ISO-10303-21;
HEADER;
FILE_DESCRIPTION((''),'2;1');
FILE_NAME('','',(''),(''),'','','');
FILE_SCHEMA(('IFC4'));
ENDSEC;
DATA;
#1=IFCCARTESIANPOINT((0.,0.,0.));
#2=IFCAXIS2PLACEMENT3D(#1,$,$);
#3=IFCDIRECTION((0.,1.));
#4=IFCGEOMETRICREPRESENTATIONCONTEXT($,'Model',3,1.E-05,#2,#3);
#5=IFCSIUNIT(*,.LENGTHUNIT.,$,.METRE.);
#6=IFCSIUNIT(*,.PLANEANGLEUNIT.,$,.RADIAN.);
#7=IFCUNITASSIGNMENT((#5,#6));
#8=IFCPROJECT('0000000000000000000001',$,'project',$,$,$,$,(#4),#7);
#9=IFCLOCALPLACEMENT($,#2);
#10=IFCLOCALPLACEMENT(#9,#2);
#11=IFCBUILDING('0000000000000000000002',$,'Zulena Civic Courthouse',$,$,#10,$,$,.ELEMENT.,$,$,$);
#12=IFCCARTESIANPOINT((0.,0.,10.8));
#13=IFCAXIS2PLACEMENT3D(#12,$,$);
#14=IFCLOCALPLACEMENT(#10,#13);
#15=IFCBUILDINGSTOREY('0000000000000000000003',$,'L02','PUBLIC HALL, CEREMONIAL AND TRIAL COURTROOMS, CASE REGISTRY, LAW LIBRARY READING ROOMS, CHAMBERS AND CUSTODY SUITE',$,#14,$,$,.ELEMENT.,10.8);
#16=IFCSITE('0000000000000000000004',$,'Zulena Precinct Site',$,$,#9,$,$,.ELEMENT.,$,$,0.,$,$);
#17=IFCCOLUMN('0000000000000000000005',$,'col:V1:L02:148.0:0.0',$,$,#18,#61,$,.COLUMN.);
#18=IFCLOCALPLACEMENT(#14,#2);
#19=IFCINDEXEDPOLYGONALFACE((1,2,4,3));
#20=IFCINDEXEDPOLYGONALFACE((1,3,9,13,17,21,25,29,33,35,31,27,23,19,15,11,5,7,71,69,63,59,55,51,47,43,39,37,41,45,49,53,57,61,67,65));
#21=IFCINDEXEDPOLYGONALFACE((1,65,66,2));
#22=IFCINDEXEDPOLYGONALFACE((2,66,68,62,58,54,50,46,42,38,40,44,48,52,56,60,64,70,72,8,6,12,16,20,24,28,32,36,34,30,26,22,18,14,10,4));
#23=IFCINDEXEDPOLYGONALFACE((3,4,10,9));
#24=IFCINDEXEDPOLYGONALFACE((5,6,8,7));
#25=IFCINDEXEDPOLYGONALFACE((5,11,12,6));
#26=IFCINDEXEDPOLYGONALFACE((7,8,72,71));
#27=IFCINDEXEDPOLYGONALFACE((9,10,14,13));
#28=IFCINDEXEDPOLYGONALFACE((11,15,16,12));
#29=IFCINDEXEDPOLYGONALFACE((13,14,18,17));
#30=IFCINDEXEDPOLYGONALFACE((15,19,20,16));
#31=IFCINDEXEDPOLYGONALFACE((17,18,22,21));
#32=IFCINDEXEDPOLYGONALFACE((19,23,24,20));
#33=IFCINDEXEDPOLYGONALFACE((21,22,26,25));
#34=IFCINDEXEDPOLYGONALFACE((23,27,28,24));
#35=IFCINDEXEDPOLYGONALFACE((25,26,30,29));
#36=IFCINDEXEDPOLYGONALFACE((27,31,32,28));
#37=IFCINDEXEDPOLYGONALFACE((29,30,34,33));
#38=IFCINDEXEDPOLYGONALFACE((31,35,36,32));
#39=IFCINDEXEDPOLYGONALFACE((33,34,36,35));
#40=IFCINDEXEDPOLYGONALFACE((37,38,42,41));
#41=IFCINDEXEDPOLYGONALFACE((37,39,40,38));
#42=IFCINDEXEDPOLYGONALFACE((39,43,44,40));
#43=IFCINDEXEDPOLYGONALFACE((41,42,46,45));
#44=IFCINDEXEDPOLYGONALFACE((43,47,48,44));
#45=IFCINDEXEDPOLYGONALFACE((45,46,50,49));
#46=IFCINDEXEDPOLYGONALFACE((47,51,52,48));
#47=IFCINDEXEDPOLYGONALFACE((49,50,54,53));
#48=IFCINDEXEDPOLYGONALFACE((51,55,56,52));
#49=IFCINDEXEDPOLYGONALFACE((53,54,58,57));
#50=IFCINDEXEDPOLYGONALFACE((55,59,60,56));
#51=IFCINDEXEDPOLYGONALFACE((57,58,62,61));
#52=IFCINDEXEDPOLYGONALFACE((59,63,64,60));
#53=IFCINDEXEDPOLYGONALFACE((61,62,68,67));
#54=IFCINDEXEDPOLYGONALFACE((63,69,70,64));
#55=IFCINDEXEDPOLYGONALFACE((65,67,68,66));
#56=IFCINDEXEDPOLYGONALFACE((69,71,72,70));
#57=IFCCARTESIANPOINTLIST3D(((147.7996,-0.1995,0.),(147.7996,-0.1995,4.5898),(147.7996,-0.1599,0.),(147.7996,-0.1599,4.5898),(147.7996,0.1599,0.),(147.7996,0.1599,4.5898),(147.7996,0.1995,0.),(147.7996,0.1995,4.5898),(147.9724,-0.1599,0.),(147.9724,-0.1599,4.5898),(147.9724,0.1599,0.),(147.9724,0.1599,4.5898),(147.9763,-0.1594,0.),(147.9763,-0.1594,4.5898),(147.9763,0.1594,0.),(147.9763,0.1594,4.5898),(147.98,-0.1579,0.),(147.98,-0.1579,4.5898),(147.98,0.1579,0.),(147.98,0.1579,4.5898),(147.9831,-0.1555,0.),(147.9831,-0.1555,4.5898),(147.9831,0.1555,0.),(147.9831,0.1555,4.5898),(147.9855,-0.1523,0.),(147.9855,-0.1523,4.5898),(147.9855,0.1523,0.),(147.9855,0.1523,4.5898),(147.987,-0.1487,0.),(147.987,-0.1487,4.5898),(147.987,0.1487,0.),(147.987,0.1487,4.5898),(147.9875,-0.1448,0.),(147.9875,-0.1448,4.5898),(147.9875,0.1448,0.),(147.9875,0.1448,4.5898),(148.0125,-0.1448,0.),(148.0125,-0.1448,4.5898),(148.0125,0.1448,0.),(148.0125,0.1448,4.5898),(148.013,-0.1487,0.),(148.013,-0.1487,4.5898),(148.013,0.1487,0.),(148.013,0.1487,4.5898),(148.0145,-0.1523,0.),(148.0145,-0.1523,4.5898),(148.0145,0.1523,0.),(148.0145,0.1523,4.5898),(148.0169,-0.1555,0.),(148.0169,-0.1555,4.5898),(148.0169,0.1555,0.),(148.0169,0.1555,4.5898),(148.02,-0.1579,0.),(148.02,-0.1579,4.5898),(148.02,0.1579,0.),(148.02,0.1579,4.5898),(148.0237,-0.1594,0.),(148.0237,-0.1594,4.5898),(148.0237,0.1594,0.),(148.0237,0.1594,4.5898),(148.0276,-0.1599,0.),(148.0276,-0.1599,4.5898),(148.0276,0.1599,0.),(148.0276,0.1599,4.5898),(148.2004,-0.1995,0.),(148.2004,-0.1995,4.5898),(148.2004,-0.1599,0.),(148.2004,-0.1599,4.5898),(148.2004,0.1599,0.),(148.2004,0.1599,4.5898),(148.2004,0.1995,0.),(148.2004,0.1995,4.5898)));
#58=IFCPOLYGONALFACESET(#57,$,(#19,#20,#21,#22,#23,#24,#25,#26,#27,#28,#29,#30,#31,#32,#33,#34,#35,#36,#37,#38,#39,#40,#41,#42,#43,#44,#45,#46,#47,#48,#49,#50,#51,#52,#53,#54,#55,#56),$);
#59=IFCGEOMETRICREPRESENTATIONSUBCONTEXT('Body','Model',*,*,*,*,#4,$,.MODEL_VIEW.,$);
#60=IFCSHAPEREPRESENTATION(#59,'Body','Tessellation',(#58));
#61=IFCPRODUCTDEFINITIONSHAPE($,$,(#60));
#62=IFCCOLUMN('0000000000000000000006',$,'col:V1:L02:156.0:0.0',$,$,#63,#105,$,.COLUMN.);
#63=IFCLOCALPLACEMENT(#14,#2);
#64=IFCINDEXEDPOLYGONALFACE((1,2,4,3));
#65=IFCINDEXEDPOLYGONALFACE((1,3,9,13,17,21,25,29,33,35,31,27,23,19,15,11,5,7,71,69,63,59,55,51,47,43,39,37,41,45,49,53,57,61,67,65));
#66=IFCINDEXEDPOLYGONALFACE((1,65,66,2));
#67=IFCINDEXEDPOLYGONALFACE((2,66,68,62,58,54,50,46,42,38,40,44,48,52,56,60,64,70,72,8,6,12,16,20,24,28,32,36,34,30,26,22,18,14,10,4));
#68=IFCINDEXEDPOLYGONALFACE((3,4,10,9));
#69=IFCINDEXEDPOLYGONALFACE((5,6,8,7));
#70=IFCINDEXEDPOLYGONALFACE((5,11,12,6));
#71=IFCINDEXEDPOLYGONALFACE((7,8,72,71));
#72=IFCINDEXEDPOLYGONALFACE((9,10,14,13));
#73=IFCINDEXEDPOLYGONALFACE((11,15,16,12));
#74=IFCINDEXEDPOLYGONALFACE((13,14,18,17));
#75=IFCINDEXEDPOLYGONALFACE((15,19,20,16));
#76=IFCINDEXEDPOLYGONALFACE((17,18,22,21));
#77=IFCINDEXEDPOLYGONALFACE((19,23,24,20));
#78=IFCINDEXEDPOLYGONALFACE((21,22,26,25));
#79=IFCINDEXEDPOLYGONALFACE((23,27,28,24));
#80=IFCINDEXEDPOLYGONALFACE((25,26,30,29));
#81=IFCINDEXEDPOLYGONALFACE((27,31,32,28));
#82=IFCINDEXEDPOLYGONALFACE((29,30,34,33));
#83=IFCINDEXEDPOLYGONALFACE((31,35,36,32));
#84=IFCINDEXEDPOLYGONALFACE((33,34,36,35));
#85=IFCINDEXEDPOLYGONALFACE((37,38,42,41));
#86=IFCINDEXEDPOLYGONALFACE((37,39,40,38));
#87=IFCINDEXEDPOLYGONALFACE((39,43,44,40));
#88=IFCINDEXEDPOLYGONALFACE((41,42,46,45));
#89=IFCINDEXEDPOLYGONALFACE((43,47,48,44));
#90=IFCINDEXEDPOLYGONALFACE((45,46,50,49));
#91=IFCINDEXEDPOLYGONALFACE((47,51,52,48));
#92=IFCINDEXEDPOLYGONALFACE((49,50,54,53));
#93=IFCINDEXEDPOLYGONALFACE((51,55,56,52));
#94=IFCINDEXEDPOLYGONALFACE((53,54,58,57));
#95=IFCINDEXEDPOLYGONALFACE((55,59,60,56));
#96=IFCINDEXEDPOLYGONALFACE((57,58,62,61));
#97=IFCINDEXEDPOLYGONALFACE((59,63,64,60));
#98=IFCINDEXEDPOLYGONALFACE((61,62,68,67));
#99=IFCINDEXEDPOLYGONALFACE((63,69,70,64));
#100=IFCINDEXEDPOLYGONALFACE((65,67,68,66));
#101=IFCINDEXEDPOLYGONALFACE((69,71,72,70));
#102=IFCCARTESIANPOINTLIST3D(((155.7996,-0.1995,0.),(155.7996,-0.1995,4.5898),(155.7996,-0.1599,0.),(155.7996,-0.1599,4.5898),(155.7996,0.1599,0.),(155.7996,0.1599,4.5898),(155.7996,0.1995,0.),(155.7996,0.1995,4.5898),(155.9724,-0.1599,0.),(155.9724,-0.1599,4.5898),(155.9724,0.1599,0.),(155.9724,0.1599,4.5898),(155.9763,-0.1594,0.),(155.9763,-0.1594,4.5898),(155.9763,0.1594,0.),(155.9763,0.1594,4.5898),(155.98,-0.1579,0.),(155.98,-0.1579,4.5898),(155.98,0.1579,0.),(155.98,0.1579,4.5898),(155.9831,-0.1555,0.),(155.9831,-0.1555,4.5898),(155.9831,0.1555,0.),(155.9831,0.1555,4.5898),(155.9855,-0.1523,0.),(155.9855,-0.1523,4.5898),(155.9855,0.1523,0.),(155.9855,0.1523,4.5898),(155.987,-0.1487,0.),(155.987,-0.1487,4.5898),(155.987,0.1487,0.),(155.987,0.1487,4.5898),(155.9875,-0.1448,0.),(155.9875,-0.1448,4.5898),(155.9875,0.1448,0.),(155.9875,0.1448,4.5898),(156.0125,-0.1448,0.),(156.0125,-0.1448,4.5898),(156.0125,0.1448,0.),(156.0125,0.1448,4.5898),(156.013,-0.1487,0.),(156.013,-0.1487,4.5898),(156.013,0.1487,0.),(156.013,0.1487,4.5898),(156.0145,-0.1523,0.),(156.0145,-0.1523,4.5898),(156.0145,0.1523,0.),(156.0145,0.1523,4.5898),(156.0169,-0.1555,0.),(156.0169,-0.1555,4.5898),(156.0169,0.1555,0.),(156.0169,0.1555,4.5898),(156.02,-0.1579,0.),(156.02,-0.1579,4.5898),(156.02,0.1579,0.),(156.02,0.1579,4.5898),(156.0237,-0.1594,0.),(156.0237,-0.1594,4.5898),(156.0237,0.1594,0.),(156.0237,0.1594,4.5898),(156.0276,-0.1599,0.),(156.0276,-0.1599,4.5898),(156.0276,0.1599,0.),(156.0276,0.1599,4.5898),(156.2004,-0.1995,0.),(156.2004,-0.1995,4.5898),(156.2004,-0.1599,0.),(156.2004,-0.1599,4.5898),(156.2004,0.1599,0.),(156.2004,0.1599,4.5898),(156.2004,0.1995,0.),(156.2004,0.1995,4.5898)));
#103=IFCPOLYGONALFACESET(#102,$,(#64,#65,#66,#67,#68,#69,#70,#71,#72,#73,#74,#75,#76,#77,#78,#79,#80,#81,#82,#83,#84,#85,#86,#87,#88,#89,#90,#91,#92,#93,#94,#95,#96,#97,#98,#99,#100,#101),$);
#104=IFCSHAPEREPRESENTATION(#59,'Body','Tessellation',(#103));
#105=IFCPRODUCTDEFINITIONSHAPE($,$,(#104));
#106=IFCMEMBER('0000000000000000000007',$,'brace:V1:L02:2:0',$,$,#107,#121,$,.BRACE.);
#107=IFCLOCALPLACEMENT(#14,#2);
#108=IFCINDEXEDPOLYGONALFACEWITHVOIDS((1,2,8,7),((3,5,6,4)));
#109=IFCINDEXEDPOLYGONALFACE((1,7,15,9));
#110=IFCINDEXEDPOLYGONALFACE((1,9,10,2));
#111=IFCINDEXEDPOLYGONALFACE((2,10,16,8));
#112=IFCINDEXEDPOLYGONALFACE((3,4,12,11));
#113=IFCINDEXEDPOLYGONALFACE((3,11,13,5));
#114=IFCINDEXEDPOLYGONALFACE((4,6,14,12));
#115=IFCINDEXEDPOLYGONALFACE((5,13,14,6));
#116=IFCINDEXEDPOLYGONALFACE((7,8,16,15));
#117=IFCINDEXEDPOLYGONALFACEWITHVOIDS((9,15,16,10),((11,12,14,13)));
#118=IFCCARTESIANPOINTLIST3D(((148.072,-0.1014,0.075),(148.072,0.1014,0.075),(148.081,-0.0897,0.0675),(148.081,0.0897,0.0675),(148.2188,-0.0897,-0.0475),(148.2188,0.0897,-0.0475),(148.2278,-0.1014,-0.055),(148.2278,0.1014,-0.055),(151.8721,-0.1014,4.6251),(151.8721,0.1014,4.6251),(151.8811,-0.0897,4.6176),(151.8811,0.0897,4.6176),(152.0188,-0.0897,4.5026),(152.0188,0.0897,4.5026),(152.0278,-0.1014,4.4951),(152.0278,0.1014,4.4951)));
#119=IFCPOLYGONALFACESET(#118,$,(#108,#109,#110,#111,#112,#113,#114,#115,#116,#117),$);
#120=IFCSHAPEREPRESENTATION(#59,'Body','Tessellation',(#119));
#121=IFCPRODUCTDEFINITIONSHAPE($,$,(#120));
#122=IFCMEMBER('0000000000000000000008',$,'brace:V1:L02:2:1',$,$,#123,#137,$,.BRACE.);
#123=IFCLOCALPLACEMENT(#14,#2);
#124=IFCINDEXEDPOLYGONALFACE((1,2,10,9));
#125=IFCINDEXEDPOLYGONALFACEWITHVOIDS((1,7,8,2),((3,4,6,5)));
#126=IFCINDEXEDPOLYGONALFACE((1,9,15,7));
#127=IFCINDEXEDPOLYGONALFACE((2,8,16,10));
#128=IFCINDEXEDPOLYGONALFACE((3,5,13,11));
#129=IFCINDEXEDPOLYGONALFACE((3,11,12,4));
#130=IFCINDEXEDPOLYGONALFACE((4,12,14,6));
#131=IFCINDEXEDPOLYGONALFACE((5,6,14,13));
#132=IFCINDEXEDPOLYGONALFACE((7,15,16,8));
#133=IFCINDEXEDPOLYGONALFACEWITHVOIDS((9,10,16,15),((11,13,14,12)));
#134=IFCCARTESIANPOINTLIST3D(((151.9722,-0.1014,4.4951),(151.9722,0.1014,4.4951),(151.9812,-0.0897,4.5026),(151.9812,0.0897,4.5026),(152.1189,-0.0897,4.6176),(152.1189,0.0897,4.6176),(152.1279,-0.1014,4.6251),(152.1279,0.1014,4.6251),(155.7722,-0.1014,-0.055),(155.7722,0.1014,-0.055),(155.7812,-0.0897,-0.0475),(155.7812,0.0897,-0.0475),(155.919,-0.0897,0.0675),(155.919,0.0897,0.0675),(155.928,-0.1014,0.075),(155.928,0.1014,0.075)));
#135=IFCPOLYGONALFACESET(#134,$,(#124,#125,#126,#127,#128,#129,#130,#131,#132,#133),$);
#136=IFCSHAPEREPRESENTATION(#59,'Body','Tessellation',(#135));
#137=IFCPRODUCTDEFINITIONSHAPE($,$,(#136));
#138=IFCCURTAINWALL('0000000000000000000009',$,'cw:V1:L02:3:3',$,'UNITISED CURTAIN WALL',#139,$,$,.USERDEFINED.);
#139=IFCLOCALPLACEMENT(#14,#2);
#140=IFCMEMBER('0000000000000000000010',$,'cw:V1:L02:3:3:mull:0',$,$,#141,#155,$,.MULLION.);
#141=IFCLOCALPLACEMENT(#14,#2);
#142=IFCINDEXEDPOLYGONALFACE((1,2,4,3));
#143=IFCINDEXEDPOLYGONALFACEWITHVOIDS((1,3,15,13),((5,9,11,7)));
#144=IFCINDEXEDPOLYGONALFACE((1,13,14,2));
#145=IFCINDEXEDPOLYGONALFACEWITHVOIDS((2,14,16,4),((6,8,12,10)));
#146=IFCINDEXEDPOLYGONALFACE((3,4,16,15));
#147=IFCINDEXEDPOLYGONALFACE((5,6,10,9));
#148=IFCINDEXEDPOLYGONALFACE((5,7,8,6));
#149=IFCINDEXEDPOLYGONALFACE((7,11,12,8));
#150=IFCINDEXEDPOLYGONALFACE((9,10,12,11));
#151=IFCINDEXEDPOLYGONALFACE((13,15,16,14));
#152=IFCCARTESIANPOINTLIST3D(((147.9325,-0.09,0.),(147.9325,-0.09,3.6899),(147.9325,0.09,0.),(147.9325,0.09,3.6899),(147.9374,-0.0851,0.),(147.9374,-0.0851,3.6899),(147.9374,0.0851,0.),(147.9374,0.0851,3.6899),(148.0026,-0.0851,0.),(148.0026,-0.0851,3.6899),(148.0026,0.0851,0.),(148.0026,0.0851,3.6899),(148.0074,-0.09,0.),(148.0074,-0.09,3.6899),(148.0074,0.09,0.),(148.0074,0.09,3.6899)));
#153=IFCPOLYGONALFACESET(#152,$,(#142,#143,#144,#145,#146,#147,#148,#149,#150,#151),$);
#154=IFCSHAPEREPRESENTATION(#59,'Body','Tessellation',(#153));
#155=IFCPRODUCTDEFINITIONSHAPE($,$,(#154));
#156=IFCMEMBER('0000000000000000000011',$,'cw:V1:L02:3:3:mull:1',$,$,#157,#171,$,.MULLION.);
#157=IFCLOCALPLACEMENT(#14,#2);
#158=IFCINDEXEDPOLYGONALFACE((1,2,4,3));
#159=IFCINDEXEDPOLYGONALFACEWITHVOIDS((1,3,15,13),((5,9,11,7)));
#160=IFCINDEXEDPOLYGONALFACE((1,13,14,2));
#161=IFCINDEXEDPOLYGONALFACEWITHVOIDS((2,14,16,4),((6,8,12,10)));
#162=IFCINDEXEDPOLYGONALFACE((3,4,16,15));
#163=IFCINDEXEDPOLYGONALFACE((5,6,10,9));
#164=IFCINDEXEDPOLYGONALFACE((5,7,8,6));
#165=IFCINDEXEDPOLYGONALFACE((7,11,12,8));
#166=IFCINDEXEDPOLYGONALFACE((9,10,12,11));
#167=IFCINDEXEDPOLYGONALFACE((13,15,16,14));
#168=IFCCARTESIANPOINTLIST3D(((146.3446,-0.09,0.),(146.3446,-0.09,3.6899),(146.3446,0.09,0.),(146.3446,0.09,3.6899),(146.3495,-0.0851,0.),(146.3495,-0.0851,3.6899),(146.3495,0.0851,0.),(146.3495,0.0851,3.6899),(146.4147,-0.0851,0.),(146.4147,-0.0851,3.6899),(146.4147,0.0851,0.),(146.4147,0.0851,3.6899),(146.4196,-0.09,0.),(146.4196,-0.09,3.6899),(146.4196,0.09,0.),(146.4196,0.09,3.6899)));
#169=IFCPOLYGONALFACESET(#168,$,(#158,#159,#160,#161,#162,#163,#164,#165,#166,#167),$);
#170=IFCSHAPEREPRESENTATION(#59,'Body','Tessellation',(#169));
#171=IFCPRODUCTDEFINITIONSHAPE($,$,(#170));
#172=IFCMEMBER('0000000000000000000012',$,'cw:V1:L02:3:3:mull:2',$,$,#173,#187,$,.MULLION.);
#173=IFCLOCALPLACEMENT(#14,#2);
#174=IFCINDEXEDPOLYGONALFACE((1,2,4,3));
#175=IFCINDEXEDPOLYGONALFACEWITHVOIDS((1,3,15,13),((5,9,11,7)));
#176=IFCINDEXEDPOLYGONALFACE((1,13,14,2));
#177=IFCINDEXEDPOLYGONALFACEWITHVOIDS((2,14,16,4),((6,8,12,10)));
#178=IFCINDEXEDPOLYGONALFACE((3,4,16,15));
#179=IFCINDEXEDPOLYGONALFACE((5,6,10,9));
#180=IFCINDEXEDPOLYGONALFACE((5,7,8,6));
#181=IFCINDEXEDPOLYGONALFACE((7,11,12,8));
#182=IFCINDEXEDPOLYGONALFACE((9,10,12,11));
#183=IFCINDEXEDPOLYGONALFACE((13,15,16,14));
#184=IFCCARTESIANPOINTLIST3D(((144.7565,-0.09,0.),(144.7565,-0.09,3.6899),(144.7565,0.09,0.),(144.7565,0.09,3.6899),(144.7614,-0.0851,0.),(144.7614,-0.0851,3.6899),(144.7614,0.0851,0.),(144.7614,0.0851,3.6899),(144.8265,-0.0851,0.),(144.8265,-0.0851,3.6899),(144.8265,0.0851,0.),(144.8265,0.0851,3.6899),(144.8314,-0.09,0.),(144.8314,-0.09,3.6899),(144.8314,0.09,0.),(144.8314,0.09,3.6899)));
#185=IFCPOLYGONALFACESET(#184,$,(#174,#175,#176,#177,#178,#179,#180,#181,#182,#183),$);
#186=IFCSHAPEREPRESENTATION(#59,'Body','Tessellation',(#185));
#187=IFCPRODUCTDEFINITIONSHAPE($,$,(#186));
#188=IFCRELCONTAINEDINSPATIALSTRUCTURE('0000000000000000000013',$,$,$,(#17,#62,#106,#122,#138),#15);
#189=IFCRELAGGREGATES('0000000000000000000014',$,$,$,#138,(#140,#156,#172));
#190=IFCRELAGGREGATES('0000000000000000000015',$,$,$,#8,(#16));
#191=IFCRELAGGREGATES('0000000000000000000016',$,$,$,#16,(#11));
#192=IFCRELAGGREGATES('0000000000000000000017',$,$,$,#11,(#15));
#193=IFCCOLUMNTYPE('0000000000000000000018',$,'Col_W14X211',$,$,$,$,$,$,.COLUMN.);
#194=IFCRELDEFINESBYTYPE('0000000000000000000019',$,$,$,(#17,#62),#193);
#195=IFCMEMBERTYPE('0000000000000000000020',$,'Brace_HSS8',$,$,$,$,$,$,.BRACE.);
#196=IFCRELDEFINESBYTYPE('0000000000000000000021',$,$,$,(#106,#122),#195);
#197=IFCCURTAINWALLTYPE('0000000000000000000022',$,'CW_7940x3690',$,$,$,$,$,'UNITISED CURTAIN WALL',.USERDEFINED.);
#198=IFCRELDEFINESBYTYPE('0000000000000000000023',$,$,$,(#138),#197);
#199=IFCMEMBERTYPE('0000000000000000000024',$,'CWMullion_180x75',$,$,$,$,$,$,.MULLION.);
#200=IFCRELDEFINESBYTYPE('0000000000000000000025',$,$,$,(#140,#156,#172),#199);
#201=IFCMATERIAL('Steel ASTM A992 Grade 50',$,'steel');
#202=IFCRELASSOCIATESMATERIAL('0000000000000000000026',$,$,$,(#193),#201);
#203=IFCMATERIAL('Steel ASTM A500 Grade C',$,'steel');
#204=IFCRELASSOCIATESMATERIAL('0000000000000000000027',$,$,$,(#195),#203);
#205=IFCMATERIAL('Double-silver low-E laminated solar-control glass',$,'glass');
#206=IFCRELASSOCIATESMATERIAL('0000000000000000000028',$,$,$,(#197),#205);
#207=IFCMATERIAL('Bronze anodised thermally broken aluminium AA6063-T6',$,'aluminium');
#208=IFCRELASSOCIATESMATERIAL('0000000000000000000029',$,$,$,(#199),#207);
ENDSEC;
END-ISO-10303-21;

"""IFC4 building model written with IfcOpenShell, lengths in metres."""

from ifc_helpers import new_model, si_unit, direction, frame, origin, origin_2d, place, context, subcontext, project, spatial, hollow_rectangle, i_section, extrude, material, material_profile, profile_set, type_object, element, aggregate, save


model = new_model("IFC4")

# Units and contexts
model_context = context("Model", 3, precision=1e-05, world=origin(), true_north=direction((0.0, 1.0)))
body_context = subcontext(model_context, "Body", "Model", "MODEL_VIEW")
ifc_project = project(units=[si_unit("LENGTHUNIT", "METRE"), si_unit("PLANEANGLEUNIT", "RADIAN")], contexts=[model_context])

# Site, building, storey
site_placement = place(None, origin())
site = spatial("IfcSite", under=ifc_project, at=site_placement, Name="Zulena Precinct Site", CompositionType="ELEMENT", RefElevation=0.0)
building_placement = place(site_placement, origin())
building = spatial("IfcBuilding", under=site, at=building_placement, Name="Zulena Civic Courthouse", CompositionType="ELEMENT")
storey_placement = place(building_placement, frame((0.0, 0.0, 10.8)))
storey = spatial("IfcBuildingStorey", under=building, at=storey_placement, Name="L02", Description="PUBLIC HALL, CEREMONIAL AND TRIAL COURTROOMS, CASE REGISTRY, LAW LIBRARY READING ROOMS, CHAMBERS AND CUSTODY SUITE", CompositionType="ELEMENT", Elevation=10.8)

# Columns
ifc_material_1 = material(Name="Steel ASTM A992 Grade 50", Category="steel")
ifc_material_profile_1 = material_profile(ifc_material_1, i_section(OverallWidth=0.4009, OverallDepth=0.3989, WebThickness=0.0249, FlangeThickness=0.0396, FilletRadius=0.0151, at=origin_2d()), Name="W14X211")
ifc_profile_set_1 = profile_set([ifc_material_profile_1], Name="Steel ASTM A992 Grade 50")
column_type = type_object("IfcColumnType", Name="Col_W14X211", PredefinedType="COLUMN", material=ifc_profile_set_1)
for number, where, z_axis, x_axis, name in (
    (1, (148.0, 0.0, 0.0), (0.0, 0.0, 1.0), (1.0, 0.0, 0.0), "col:V1:L02:148.0:0.0"),
    (2, (156.0, 0.0, 0.0), (0.0, 0.0, 1.0), (1.0, 0.0, 0.0), "col:V1:L02:156.0:0.0"),
):
    element("IfcColumn", number, at=place(storey_placement, frame(where, z_axis=z_axis, x_axis=x_axis)), inside=storey, type_object=column_type, Name=name, PredefinedType="COLUMN", context=body_context, shape_type="SweptSolid", body=[
        extrude(i_section(OverallWidth=0.4009, OverallDepth=0.3989, WebThickness=0.0249, FlangeThickness=0.0396, FilletRadius=0.0151, at=origin_2d()), origin(), (0.0, 0.0, 1.0), 4.5898),
    ])

# Members
ifc_material_2 = material(Name="Steel ASTM A500 Grade C", Category="steel")
ifc_material_profile_2 = material_profile(ifc_material_2, hollow_rectangle(XDim=0.2029, YDim=0.2029, WallThickness=0.0117, at=origin_2d()), Name="HSS8X8X1/2")
ifc_profile_set_2 = profile_set([ifc_material_profile_2], Name="Steel ASTM A500 Grade C")
member_type_1 = type_object("IfcMemberType", Name="Brace_HSS8", PredefinedType="BRACE", material=ifc_profile_set_2)
for number, where, z_axis, x_axis, name in (
    (3, (148.1499, 0.0, 0.01), (0.641014, 0.0, 0.767529), (0.0, 1.0, 0.0), "brace:V1:L02:2:0"),
    (4, (155.8501, 0.0, 0.01), (-0.641014, 0.0, 0.767529), (0.0, -1.0, 0.0), "brace:V1:L02:2:1"),
):
    element("IfcMember", number, at=place(storey_placement, frame(where, z_axis=z_axis, x_axis=x_axis)), inside=storey, type_object=member_type_1, Name=name, PredefinedType="BRACE", context=body_context, shape_type="SweptSolid", body=[
        extrude(hollow_rectangle(XDim=0.2029, YDim=0.2029, WallThickness=0.0117, at=origin_2d()), origin(), (0.0, 0.0, 1.0), 5.9282),
    ])

# Curtain wall, members
ifc_material_3 = material(Name="Double-silver low-E laminated solar-control glass", Category="glass")
curtain_wall_type = type_object("IfcCurtainWallType", Name="CW_7940x3690", ElementType="UNITISED CURTAIN WALL", PredefinedType="USERDEFINED", material=ifc_material_3)
curtain_wall_placement = place(storey_placement, origin())
curtain_wall = element("IfcCurtainWall", 5, at=curtain_wall_placement, inside=storey, type_object=curtain_wall_type, Name="cw:V1:L02:3:3", ObjectType="UNITISED CURTAIN WALL", PredefinedType="USERDEFINED")
ifc_material_4 = material(Name="Bronze anodised thermally broken aluminium AA6063-T6", Category="aluminium")
ifc_material_profile_3 = material_profile(ifc_material_4, hollow_rectangle(XDim=0.075, YDim=0.1799, WallThickness=0.0049, at=origin_2d()), Name="CWM180X75X5")
ifc_profile_set_3 = profile_set([ifc_material_profile_3], Name="Bronze anodised thermally broken aluminium AA6063-T6")
member_type_2 = type_object("IfcMemberType", Name="CWMullion_180x75", PredefinedType="MULLION", material=ifc_profile_set_3)
member_1_placement = place(storey_placement, frame((147.97, 0.0, 0.0), z_axis=(0.0, 0.0, 1.0), x_axis=(1.0, 0.0, 0.0)))
member_1 = element("IfcMember", 6, at=member_1_placement, type_object=member_type_2, Name="cw:V1:L02:3:3:mull:0", PredefinedType="MULLION", context=body_context, shape_type="SweptSolid", body=[
    extrude(hollow_rectangle(XDim=0.075, YDim=0.1799, WallThickness=0.0049, at=origin_2d()), origin(), (0.0, 0.0, 1.0), 3.6899),
])
member_2_placement = place(storey_placement, frame((146.3821, 0.0, 0.0), z_axis=(0.0, 0.0, 1.0), x_axis=(1.0, 0.0, 0.0)))
member_2 = element("IfcMember", 7, at=member_2_placement, type_object=member_type_2, Name="cw:V1:L02:3:3:mull:1", PredefinedType="MULLION", context=body_context, shape_type="SweptSolid", body=[
    extrude(hollow_rectangle(XDim=0.075, YDim=0.1799, WallThickness=0.0049, at=origin_2d()), origin(), (0.0, 0.0, 1.0), 3.6899),
])
member_3_placement = place(storey_placement, frame((144.7939, 0.0, 0.0), z_axis=(0.0, 0.0, 1.0), x_axis=(1.0, 0.0, 0.0)))
member_3 = element("IfcMember", 8, at=member_3_placement, type_object=member_type_2, Name="cw:V1:L02:3:3:mull:2", PredefinedType="MULLION", context=body_context, shape_type="SweptSolid", body=[
    extrude(hollow_rectangle(XDim=0.075, YDim=0.1799, WallThickness=0.0049, at=origin_2d()), origin(), (0.0, 0.0, 1.0), 3.6899),
])

aggregate(curtain_wall, [member_1, member_2, member_3])

save(model, "model.ifc")
